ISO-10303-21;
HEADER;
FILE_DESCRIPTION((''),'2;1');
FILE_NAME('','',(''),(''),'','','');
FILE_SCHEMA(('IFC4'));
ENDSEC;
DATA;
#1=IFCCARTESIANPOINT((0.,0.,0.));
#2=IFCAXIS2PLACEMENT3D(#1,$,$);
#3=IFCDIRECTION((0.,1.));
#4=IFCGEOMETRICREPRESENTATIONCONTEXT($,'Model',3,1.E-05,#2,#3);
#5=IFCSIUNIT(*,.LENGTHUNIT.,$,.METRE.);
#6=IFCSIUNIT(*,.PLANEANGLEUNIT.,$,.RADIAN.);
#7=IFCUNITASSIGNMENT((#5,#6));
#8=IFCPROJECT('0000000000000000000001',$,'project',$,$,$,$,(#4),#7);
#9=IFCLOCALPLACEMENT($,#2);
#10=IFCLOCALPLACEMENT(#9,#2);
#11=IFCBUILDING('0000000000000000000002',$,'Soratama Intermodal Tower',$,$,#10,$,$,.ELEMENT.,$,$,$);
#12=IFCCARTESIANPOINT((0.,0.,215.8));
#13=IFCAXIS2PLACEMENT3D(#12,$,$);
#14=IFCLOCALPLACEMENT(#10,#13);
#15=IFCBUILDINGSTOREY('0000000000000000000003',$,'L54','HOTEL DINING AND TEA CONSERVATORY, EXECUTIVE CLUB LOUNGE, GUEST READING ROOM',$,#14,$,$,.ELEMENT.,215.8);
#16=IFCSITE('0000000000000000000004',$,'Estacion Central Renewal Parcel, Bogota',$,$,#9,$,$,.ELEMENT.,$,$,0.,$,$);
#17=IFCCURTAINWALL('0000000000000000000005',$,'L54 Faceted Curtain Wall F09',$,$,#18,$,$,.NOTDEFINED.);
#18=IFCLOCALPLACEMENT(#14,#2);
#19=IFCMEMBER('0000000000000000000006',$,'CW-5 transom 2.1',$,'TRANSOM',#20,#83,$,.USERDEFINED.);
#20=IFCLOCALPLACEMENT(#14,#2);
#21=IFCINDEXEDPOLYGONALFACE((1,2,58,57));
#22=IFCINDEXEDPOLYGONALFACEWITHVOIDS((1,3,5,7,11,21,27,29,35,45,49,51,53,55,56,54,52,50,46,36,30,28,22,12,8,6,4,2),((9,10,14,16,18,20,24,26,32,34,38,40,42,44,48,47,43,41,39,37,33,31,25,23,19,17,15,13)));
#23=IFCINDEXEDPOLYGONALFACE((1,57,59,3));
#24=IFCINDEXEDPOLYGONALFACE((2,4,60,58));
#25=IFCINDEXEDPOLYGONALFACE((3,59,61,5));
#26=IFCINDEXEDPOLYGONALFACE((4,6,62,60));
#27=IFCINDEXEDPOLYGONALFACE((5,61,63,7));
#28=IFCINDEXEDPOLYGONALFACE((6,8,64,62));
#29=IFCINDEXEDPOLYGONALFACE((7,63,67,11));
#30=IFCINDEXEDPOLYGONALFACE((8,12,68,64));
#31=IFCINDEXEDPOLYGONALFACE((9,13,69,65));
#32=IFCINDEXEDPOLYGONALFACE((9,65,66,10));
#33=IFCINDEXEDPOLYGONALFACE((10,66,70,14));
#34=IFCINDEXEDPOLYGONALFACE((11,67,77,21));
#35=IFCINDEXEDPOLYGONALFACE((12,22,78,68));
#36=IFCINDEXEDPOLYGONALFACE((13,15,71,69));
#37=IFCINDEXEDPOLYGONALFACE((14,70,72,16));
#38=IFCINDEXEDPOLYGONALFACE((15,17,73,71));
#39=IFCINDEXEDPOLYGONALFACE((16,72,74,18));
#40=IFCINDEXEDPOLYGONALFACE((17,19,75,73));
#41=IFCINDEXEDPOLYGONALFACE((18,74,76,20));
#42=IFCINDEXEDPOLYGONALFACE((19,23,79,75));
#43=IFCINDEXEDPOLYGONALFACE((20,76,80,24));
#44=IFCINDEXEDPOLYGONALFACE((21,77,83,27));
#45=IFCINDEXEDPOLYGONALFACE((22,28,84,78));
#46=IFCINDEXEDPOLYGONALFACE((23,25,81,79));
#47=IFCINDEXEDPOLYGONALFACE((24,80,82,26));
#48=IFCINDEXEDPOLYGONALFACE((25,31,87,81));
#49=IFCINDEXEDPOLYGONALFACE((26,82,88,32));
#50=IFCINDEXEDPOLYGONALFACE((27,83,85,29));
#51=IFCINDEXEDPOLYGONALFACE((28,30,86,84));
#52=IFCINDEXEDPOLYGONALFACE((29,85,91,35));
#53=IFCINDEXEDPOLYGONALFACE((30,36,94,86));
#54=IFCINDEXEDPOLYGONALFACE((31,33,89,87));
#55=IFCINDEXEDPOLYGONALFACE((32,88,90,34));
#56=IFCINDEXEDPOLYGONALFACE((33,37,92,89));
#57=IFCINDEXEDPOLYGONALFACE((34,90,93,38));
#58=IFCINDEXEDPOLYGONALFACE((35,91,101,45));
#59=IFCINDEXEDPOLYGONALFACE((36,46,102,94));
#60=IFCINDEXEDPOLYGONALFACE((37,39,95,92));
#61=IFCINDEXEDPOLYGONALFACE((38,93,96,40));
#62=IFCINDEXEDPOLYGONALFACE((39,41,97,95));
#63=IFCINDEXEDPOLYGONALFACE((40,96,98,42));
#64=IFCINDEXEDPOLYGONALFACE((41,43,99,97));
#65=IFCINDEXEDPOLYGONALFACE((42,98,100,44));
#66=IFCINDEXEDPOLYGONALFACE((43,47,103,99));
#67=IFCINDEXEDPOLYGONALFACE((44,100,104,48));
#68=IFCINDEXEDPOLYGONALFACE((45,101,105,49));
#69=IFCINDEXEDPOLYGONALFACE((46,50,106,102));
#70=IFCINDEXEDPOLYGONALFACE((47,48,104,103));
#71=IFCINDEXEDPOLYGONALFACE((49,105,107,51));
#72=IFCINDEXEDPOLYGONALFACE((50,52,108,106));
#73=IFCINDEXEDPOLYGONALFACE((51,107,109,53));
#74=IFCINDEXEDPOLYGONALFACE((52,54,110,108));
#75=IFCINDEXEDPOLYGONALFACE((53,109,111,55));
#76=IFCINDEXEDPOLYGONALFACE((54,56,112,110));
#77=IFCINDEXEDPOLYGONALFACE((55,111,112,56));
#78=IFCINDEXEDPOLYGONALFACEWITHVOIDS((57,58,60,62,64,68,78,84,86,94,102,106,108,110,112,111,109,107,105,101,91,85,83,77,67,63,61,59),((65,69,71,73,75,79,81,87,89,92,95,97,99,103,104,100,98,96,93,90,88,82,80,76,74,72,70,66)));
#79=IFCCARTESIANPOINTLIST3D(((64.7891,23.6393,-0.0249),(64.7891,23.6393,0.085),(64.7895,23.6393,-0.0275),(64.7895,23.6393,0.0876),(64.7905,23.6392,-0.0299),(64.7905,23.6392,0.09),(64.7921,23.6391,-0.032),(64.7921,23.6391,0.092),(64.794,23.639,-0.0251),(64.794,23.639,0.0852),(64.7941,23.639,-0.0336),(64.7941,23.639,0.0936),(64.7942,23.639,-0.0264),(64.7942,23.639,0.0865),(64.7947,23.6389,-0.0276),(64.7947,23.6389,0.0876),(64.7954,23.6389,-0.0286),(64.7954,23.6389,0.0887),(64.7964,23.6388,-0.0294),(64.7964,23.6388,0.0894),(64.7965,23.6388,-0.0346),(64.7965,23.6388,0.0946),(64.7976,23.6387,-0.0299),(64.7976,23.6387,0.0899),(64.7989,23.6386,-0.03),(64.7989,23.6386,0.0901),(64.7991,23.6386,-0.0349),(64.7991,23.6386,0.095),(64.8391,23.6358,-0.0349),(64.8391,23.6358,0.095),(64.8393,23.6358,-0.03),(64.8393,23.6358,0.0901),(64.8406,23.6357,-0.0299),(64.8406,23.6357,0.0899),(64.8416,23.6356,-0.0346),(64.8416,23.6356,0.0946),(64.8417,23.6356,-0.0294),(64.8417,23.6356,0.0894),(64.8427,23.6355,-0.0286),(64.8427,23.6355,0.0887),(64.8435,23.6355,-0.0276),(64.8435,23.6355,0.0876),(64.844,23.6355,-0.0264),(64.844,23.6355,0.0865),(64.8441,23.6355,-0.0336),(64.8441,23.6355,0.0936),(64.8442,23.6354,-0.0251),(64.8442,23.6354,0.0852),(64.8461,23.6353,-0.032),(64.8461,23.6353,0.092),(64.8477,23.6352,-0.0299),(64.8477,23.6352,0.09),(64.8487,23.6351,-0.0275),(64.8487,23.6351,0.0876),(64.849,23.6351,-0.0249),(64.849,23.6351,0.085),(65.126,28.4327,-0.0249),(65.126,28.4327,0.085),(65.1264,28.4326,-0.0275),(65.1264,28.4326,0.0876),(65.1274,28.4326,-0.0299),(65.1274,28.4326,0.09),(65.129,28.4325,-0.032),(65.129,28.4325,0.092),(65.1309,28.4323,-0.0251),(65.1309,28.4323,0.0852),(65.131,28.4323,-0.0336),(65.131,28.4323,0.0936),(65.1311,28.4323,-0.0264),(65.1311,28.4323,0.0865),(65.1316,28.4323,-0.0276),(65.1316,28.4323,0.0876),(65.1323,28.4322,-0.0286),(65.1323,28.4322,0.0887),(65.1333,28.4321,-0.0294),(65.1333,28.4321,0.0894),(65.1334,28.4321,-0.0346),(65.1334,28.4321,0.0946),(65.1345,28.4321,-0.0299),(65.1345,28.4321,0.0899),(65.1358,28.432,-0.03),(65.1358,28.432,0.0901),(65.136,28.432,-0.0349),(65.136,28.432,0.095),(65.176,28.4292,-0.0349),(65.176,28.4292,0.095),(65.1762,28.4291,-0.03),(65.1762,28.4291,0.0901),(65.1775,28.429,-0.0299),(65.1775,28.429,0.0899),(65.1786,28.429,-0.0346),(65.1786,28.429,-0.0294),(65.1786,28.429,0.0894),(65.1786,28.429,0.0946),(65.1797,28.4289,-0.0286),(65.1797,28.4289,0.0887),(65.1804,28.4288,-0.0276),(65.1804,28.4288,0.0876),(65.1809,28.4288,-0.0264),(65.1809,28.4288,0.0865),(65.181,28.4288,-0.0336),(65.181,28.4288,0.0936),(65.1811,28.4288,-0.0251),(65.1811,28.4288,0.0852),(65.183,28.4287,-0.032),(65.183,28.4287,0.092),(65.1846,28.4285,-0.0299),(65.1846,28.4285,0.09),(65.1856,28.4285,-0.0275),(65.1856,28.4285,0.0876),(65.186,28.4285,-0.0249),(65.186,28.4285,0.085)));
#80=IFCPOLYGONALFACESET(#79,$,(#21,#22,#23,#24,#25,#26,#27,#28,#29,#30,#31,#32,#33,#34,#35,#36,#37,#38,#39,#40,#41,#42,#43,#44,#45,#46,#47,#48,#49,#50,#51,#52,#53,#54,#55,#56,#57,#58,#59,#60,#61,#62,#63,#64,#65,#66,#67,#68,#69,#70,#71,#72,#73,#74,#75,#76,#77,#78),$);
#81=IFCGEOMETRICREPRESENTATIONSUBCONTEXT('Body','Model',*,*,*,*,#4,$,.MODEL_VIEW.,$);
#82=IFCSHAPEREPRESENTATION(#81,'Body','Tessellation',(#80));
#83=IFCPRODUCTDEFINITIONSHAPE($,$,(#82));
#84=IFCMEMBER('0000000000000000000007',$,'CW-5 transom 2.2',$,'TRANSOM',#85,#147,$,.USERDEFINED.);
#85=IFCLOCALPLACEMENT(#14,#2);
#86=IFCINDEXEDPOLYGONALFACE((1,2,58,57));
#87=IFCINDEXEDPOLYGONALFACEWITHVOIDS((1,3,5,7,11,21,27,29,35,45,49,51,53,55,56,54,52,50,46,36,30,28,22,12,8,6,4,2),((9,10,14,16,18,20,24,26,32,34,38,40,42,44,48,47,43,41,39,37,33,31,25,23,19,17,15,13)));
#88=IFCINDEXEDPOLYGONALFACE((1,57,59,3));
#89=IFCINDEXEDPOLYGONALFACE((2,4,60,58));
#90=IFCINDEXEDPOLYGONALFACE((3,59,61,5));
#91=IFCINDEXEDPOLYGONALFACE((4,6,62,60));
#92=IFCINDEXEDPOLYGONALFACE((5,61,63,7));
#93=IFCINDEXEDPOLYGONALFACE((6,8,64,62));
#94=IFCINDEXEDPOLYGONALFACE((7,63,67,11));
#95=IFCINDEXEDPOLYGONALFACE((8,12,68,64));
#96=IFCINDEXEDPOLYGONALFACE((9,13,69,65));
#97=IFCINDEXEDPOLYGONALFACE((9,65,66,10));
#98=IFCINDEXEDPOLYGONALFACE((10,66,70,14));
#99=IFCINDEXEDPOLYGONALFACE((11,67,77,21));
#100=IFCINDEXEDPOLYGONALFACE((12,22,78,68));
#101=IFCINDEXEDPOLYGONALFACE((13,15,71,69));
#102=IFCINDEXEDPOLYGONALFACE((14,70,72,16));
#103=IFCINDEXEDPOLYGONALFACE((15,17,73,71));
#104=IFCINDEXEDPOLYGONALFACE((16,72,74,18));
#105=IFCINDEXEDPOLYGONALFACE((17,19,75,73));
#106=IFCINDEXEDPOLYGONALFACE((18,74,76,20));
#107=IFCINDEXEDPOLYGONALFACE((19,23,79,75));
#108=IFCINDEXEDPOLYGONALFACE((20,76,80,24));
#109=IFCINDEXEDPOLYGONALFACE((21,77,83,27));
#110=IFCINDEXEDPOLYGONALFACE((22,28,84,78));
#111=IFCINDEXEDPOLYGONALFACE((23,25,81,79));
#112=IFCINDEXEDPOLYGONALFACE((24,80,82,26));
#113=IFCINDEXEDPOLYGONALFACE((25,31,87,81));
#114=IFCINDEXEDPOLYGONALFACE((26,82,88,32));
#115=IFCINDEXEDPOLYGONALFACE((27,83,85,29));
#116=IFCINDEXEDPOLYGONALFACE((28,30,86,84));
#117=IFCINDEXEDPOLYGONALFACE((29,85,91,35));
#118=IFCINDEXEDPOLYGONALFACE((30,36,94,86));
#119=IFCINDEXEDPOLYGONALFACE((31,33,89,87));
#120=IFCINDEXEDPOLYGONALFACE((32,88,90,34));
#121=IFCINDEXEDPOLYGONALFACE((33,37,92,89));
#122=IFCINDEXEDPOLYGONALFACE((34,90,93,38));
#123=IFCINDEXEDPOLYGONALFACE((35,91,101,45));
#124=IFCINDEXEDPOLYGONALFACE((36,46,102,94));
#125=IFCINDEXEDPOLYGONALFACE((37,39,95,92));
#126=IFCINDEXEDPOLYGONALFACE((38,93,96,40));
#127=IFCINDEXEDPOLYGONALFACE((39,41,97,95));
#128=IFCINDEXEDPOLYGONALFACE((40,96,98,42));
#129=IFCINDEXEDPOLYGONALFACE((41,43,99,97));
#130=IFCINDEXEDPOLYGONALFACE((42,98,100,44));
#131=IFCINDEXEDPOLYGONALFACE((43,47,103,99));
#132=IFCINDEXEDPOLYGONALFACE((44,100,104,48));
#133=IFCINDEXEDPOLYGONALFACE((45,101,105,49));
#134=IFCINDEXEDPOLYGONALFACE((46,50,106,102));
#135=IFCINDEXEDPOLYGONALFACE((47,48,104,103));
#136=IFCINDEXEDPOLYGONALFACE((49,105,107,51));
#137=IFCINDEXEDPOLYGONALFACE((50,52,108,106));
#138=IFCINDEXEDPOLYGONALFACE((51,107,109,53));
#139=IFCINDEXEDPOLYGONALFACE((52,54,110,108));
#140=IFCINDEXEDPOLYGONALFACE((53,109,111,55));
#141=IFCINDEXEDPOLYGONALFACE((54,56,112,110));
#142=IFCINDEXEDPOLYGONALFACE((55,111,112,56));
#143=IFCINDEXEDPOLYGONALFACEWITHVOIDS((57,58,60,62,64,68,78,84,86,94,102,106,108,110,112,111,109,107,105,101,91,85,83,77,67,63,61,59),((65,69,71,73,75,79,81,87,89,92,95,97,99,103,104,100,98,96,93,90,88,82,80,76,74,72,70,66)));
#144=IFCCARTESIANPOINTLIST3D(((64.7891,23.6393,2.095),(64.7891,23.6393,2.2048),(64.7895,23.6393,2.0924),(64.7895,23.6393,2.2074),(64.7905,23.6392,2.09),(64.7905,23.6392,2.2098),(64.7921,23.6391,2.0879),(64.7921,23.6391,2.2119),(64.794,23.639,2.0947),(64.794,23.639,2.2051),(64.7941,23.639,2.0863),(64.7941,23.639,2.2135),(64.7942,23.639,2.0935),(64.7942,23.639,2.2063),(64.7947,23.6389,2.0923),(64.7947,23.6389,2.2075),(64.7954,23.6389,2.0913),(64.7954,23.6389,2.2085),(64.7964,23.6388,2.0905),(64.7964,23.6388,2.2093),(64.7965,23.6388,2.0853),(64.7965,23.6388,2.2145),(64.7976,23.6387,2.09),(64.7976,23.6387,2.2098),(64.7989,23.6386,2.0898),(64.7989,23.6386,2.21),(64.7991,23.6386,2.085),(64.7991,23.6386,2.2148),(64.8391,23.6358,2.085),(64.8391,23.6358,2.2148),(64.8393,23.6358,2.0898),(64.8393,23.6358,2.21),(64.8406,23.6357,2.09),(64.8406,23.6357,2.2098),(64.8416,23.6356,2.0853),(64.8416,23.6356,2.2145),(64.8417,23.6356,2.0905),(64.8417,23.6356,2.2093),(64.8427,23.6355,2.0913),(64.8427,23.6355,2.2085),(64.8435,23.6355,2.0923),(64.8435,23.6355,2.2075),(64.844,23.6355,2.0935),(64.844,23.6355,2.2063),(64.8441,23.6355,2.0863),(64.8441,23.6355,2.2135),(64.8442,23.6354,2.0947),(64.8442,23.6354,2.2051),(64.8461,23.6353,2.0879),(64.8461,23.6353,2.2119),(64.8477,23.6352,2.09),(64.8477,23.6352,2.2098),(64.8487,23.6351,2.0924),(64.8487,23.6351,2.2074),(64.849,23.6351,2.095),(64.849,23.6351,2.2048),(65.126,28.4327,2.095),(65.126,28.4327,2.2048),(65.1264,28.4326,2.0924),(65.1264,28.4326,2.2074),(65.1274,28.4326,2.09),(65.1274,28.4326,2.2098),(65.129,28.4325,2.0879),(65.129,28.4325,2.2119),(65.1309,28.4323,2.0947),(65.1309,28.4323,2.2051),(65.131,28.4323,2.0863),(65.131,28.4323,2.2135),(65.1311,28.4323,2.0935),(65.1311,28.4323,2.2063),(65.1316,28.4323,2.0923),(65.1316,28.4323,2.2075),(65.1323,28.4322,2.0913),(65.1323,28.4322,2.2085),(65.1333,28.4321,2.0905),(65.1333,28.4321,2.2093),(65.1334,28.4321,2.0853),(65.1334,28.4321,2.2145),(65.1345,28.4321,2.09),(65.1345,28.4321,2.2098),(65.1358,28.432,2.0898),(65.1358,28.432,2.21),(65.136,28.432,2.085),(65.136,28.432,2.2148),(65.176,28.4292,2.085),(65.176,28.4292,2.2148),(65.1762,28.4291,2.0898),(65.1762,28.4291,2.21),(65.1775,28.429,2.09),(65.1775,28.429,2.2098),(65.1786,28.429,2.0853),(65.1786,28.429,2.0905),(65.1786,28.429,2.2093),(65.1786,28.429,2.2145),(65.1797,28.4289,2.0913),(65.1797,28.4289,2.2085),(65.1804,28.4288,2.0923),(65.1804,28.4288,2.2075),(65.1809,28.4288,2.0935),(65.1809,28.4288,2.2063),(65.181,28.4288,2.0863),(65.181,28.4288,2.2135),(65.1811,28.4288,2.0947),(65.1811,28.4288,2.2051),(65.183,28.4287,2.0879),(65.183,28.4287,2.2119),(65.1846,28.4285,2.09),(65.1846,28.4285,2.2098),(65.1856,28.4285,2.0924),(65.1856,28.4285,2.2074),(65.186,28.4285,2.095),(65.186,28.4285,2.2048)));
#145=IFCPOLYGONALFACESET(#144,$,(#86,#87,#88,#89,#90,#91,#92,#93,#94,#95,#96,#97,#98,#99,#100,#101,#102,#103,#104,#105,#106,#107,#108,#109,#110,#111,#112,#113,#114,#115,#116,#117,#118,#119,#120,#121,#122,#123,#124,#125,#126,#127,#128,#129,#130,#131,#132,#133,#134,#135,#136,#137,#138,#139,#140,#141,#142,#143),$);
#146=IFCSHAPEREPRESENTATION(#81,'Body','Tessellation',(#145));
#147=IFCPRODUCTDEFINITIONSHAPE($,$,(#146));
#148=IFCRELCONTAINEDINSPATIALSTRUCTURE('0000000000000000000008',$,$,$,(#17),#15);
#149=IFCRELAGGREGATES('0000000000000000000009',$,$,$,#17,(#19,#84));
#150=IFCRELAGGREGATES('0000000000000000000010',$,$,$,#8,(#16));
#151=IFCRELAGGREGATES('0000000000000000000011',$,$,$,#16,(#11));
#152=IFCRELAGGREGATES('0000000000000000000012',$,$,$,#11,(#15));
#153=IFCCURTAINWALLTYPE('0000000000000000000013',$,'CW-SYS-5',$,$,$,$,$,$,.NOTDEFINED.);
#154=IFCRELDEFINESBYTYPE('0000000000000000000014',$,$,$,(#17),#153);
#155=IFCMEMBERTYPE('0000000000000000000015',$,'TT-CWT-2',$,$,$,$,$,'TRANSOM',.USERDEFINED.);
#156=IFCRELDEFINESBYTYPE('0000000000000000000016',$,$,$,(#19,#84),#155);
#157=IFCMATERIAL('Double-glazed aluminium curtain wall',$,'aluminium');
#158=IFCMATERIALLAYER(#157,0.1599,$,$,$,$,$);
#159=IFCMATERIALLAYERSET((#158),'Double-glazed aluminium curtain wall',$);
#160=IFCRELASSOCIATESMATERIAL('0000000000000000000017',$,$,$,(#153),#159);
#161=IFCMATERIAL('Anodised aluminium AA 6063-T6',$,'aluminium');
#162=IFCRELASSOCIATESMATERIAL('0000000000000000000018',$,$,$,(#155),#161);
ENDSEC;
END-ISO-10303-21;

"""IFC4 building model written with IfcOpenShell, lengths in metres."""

from ifc_helpers import new_model, si_unit, direction, frame, origin, origin_2d, place, context, subcontext, project, spatial, hollow_rectangle, extrude, material, layer, layer_set, material_profile, profile_set, type_object, element, aggregate, save


model = new_model("IFC4")

# Units and contexts
model_context = context("Model", 3, precision=1e-05, world=origin(), true_north=direction((0.0, 1.0)))
body_context = subcontext(model_context, "Body", "Model", "MODEL_VIEW")
ifc_project = project(units=[si_unit("LENGTHUNIT", "METRE"), si_unit("PLANEANGLEUNIT", "RADIAN")], contexts=[model_context])

# Site, building, storey
site_placement = place(None, origin())
site = spatial("IfcSite", under=ifc_project, at=site_placement, Name="Estacion Central Renewal Parcel, Bogota", CompositionType="ELEMENT", RefElevation=0.0)
building_placement = place(site_placement, origin())
building = spatial("IfcBuilding", under=site, at=building_placement, Name="Soratama Intermodal Tower", CompositionType="ELEMENT")
storey_placement = place(building_placement, frame((0.0, 0.0, 215.8)))
storey = spatial("IfcBuildingStorey", under=building, at=storey_placement, Name="L54", Description="HOTEL DINING AND TEA CONSERVATORY, EXECUTIVE CLUB LOUNGE, GUEST READING ROOM", CompositionType="ELEMENT", Elevation=215.8)

# Shared definitions
ifc_material_1 = material(Name="Double-glazed aluminium curtain wall", Category="aluminium")
ifc_layer_1 = layer(ifc_material_1, 0.1599)
ifc_layer_set_1 = layer_set([ifc_layer_1], Name="Double-glazed aluminium curtain wall")
curtain_wall_type = type_object("IfcCurtainWallType", Name="CW-SYS-5", PredefinedType="NOTDEFINED", material=ifc_layer_set_1)

# Curtain wall, members
curtain_wall_1_placement = place(storey_placement, origin())
curtain_wall_1 = element("IfcCurtainWall", 1, at=curtain_wall_1_placement, inside=storey, type_object=curtain_wall_type, Name="L54 Faceted Curtain Wall F09", PredefinedType="NOTDEFINED")
ifc_material_2 = material(Name="Anodised aluminium AA 6063-T6", Category="aluminium")
ifc_material_profile_1 = material_profile(ifc_material_2, hollow_rectangle(XDim=0.0601, YDim=0.1299, WallThickness=0.0049, InnerFilletRadius=0.0049, OuterFilletRadius=0.01, at=origin_2d()), Name="CWT130X60X5")
ifc_profile_set_1 = profile_set([ifc_material_profile_1], Name="Anodised aluminium AA 6063-T6")
member_type_1 = type_object("IfcMemberType", Name="TT-CWT-2", ElementType="TRANSOM", PredefinedType="USERDEFINED", material=ifc_profile_set_1)
member_1_placement = place(storey_placement, frame((64.8191, 23.6372, 0.03), z_axis=(0.070113, 0.997539, 0.0), x_axis=(-0.997539, 0.070113, 0.0)))
member_1 = element("IfcMember", 2, at=member_1_placement, type_object=member_type_1, Name="CW-5 transom 2.1", ObjectType="TRANSOM", PredefinedType="USERDEFINED", context=body_context, shape_type="SweptSolid", body=[
    extrude(hollow_rectangle(XDim=0.0601, YDim=0.1299, WallThickness=0.0049, InnerFilletRadius=0.0049, OuterFilletRadius=0.01, at=origin_2d()), origin(), (0.0, 0.0, 1.0), 4.8052),
])
member_2_placement = place(storey_placement, frame((64.8191, 23.6372, 2.1499), z_axis=(0.070113, 0.997539, 0.0), x_axis=(-0.997539, 0.070113, 0.0)))
member_2 = element("IfcMember", 3, at=member_2_placement, type_object=member_type_1, Name="CW-5 transom 2.2", ObjectType="TRANSOM", PredefinedType="USERDEFINED", context=body_context, shape_type="SweptSolid", body=[
    extrude(hollow_rectangle(XDim=0.0601, YDim=0.1299, WallThickness=0.0049, InnerFilletRadius=0.0049, OuterFilletRadius=0.01, at=origin_2d()), origin(), (0.0, 0.0, 1.0), 4.8052),
])

aggregate(curtain_wall_1, [member_1, member_2])

save(model, "model.ifc")
